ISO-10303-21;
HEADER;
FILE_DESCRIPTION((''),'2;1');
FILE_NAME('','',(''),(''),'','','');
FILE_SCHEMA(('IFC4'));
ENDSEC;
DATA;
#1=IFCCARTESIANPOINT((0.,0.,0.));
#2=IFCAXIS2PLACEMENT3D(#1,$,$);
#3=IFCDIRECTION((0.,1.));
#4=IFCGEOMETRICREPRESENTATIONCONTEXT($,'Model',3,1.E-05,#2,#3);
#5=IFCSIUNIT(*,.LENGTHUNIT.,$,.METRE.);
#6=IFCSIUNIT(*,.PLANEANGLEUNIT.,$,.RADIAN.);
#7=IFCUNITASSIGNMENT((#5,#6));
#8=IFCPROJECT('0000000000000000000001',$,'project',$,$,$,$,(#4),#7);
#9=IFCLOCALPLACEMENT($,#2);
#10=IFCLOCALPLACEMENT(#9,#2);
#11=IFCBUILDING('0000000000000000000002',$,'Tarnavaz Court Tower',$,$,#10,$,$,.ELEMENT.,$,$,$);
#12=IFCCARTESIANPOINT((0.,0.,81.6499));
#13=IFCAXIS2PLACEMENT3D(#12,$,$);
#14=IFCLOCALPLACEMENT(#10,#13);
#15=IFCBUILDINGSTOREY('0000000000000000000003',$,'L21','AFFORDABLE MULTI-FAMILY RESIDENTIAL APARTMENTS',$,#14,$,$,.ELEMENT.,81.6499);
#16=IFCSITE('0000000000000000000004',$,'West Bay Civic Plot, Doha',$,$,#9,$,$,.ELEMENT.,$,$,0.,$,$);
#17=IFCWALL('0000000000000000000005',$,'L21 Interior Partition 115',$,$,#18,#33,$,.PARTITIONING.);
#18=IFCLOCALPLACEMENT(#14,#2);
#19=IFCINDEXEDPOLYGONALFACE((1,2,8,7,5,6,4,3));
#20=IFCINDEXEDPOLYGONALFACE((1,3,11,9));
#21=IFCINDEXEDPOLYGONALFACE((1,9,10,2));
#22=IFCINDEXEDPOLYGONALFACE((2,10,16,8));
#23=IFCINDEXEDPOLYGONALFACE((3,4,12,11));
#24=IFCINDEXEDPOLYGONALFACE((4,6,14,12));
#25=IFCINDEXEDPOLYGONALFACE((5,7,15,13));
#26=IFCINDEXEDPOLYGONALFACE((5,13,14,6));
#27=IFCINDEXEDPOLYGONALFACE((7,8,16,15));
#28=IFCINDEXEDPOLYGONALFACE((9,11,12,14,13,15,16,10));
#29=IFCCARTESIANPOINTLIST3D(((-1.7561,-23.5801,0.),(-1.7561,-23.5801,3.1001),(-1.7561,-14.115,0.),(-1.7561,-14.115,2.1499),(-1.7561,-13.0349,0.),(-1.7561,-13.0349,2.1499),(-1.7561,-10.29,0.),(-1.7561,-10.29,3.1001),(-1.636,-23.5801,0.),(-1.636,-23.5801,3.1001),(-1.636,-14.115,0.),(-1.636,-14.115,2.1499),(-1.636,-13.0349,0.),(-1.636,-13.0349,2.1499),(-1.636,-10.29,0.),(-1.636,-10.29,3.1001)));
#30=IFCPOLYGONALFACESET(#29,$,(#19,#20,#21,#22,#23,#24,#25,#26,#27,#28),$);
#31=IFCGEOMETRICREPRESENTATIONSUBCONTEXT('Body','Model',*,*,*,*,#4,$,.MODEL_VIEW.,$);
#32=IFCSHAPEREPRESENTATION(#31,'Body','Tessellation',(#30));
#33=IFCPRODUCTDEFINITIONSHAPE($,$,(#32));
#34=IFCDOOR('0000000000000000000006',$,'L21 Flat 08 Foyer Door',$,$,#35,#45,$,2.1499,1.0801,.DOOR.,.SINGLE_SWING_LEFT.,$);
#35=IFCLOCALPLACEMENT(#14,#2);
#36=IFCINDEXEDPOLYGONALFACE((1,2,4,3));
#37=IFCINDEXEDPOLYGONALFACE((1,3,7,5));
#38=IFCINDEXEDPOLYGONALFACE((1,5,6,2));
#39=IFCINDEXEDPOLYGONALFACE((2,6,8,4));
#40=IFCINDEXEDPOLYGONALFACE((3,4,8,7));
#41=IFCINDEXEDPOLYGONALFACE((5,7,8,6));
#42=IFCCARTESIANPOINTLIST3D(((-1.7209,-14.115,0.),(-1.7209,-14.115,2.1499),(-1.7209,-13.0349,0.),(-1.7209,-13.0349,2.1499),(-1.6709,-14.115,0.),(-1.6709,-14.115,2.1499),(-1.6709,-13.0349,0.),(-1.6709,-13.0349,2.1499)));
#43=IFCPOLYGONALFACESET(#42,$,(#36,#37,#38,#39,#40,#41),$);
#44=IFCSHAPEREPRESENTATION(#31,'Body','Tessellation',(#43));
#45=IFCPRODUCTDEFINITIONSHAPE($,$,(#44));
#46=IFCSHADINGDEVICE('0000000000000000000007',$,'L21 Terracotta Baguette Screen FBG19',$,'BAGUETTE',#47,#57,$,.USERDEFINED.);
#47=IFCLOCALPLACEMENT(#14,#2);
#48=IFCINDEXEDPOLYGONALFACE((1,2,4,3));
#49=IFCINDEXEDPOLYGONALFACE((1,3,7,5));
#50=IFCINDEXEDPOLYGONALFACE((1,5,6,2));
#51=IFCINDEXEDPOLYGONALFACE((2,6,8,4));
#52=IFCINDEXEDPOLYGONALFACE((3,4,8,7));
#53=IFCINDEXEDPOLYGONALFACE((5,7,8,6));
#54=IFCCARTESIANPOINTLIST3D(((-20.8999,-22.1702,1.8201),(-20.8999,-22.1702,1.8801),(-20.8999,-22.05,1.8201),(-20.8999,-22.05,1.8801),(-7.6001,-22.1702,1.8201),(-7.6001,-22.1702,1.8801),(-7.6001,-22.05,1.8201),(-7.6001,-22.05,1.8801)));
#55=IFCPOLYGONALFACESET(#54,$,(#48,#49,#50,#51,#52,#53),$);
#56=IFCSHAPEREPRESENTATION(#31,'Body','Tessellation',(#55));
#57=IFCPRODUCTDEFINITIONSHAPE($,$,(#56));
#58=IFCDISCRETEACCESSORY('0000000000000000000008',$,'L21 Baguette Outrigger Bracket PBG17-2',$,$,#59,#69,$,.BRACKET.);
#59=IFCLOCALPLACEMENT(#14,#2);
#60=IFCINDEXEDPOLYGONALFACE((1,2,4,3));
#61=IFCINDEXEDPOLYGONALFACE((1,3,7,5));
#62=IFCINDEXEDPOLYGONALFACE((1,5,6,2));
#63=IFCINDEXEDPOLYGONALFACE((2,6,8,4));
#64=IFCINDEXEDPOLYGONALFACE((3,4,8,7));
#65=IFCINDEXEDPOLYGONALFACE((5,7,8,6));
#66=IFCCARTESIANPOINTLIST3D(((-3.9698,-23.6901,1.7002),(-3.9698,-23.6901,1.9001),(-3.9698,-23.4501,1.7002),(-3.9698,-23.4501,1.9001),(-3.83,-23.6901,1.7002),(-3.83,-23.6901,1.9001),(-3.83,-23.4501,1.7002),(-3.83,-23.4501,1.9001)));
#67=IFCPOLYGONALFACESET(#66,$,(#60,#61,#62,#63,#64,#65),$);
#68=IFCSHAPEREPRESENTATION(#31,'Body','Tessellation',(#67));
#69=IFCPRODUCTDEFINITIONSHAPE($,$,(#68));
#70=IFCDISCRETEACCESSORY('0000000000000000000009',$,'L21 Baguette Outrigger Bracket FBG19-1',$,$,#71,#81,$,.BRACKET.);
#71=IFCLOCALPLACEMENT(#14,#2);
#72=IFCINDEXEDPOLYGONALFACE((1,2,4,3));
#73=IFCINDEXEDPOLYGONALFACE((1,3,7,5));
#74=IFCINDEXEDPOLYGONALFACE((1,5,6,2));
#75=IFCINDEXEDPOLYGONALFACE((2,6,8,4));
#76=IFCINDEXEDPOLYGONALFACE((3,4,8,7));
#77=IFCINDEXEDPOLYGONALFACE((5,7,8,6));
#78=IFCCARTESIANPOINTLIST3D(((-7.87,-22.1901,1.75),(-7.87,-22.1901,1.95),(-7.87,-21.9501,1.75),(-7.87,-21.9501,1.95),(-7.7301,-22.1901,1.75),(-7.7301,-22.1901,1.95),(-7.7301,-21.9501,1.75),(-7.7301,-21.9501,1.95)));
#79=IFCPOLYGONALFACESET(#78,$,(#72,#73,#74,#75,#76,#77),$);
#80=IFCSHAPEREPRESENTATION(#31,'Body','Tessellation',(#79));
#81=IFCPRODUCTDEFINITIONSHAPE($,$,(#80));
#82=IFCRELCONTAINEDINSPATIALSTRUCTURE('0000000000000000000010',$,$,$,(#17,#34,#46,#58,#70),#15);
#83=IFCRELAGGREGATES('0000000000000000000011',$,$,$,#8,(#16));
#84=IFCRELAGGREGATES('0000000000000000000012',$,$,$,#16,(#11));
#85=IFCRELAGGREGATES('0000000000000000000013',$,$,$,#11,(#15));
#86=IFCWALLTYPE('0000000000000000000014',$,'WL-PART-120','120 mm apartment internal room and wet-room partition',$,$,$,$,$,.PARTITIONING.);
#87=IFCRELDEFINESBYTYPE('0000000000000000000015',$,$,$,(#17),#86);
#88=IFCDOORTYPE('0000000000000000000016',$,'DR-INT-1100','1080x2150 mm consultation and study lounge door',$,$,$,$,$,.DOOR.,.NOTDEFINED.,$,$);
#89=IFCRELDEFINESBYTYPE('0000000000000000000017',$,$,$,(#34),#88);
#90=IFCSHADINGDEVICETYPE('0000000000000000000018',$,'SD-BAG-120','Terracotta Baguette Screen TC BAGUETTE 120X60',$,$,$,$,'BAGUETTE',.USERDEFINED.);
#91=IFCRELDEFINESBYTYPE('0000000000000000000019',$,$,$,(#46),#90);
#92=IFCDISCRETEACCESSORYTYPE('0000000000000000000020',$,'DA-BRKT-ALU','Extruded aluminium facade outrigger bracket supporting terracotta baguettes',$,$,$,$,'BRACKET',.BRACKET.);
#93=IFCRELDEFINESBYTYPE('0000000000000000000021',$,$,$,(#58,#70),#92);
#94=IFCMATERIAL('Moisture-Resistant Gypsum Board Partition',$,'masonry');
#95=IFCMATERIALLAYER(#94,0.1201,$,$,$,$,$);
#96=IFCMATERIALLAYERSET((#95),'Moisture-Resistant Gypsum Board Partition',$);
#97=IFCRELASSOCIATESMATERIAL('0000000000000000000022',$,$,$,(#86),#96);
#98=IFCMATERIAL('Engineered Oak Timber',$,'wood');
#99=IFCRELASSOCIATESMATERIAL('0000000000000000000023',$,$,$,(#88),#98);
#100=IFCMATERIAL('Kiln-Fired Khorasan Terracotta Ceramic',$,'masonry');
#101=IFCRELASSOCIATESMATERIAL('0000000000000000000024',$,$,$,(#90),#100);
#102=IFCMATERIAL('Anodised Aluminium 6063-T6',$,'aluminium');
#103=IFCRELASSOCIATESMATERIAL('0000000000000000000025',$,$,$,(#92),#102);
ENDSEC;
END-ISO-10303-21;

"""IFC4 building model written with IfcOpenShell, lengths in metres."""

from ifc_helpers import new_model, si_unit, direction, frame, frame_2d, origin, origin_2d, place, context, subcontext, project, spatial, rectangle, extrude, material, layer, layer_set, material_profile, profile_set, type_object, element, fill, save


model = new_model("IFC4")

# Units and contexts
model_context = context("Model", 3, precision=1e-05, world=origin(), true_north=direction((0.0, 1.0)))
body_context = subcontext(model_context, "Body", "Model", "MODEL_VIEW")
ifc_project = project(units=[si_unit("LENGTHUNIT", "METRE"), si_unit("PLANEANGLEUNIT", "RADIAN")], contexts=[model_context])

# Site, building, storey
site_placement = place(None, origin())
site = spatial("IfcSite", under=ifc_project, at=site_placement, Name="West Bay Civic Plot, Doha", CompositionType="ELEMENT", RefElevation=0.0)
building_placement = place(site_placement, origin())
building = spatial("IfcBuilding", under=site, at=building_placement, Name="Tarnavaz Court Tower", CompositionType="ELEMENT")
storey_placement = place(building_placement, frame((0.0, 0.0, 81.6499)))
storey = spatial("IfcBuildingStorey", under=building, at=storey_placement, Name="L21", Description="AFFORDABLE MULTI-FAMILY RESIDENTIAL APARTMENTS", CompositionType="ELEMENT", Elevation=81.6499)

# Shared definitions
ifc_material_1 = material(Name="Anodised Aluminium 6063-T6", Category="aluminium")

# Wall, opening, door
ifc_material_2 = material(Name="Moisture-Resistant Gypsum Board Partition", Category="masonry")
ifc_layer_1 = layer(ifc_material_2, 0.1201)
ifc_layer_set_1 = layer_set([ifc_layer_1], Name="Moisture-Resistant Gypsum Board Partition")
wall_type_1 = type_object("IfcWallType", Name="WL-PART-120", Description="120 mm apartment internal room and wet-room partition", PredefinedType="PARTITIONING", material=ifc_layer_set_1)
ifc_material_3 = material(Name="Engineered Oak Timber", Category="wood")
wall_1_placement = place(storey_placement, frame((-1.696, -23.5801, 0.0), z_axis=(0.0, 0.0, 1.0), x_axis=(0.0, 1.0, 0.0)))
wall_1 = element("IfcWall", 1, at=wall_1_placement, inside=storey, type_object=wall_type_1, Name="L21 Interior Partition 115", PredefinedType="PARTITIONING", context=body_context, shape_type="SweptSolid", body=[
    extrude(rectangle(XDim=13.29, YDim=0.1201, at=frame_2d((6.645, 0.0))), origin(), (0.0, 0.0, 1.0), 3.1001),
])
opening_1_placement = place(wall_1_placement, frame((9.4651, 0.0, 0.0)))
opening_1 = element("IfcOpeningElement", 2, at=opening_1_placement, cuts=wall_1, PredefinedType="OPENING", context=body_context, shape_type="SweptSolid", body=[
    extrude(rectangle(XDim=1.0801, YDim=2.1499, at=frame_2d((0.54, 1.075))), frame((0.0, 0.0701, 0.0), z_axis=(0.0, -1.0, 0.0), x_axis=(1.0, 0.0, 0.0)), (0.0, 0.0, 1.0), 0.1401),
])
door_type_1 = type_object("IfcDoorType", Name="DR-INT-1100", Description="1080x2150 mm consultation and study lounge door", OperationType="NOTDEFINED", PredefinedType="DOOR", material=ifc_material_3)
door_1_placement = place(opening_1_placement, origin())
door_1 = element("IfcDoor", 3, at=door_1_placement, inside=storey, type_object=door_type_1, Name="L21 Flat 08 Foyer Door", OperationType="SINGLE_SWING_LEFT", OverallHeight=2.1499, OverallWidth=1.0801, PredefinedType="DOOR", context=body_context, shape_type="SweptSolid", body=[
    extrude(rectangle(XDim=1.0801, YDim=2.1499, at=frame_2d((0.54, 1.075))), frame((0.0, 0.0249, 0.0), z_axis=(0.0, -1.0, 0.0), x_axis=(1.0, 0.0, 0.0)), (0.0, 0.0, 1.0), 0.05),
])
fill(opening_1, door_1)

# Shading device
ifc_material_4 = material(Name="Kiln-Fired Khorasan Terracotta Ceramic", Category="masonry")
ifc_material_profile_1 = material_profile(ifc_material_4, rectangle(XDim=0.1201, YDim=0.0601, at=origin_2d()), Name="TC BAGUETTE 120X60")
ifc_profile_set_1 = profile_set([ifc_material_profile_1], Name="Kiln-Fired Khorasan Terracotta Ceramic")
shading_device_type = type_object("IfcShadingDeviceType", Name="SD-BAG-120", Description="Terracotta Baguette Screen TC BAGUETTE 120X60", ElementType="BAGUETTE", PredefinedType="USERDEFINED", material=ifc_profile_set_1)
shading_device_placement = place(storey_placement, frame((-7.6001, -22.1101, 1.8501), z_axis=(-1.0, 0.0, 0.0), x_axis=(0.0, -1.0, 0.0)))
element("IfcShadingDevice", 4, at=shading_device_placement, inside=storey, type_object=shading_device_type, Name="L21 Terracotta Baguette Screen FBG19", ObjectType="BAGUETTE", PredefinedType="USERDEFINED", context=body_context, shape_type="SweptSolid", body=[
    extrude(rectangle(XDim=0.1201, YDim=0.0601, at=origin_2d()), origin(), (0.0, 0.0, 1.0), 13.2998),
])

# Discrete accessories
discrete_accessory_type = type_object("IfcDiscreteAccessoryType", Name="DA-BRKT-ALU", Description="Extruded aluminium facade outrigger bracket supporting terracotta baguettes", ElementType="BRACKET", PredefinedType="BRACKET", material=ifc_material_1)
for number, where, z_axis, x_axis, name in (
    (5, (-3.8999, -23.5701, 1.7002), (0.0, 0.0, 1.0), (-1.0, 0.0, 0.0), "L21 Baguette Outrigger Bracket PBG17-2"),
    (6, (-7.8, -22.0701, 1.75), (0.0, 0.0, 1.0), (-1.0, 0.0, 0.0), "L21 Baguette Outrigger Bracket FBG19-1"),
):
    element("IfcDiscreteAccessory", number, at=place(storey_placement, frame(where, z_axis=z_axis, x_axis=x_axis)), inside=storey, type_object=discrete_accessory_type, Name=name, PredefinedType="BRACKET", context=body_context, shape_type="SweptSolid", body=[
        extrude(rectangle(XDim=0.1399, YDim=0.24, at=origin_2d()), origin(), (0.0, 0.0, 1.0), 0.2),
    ])

save(model, "model.ifc")
